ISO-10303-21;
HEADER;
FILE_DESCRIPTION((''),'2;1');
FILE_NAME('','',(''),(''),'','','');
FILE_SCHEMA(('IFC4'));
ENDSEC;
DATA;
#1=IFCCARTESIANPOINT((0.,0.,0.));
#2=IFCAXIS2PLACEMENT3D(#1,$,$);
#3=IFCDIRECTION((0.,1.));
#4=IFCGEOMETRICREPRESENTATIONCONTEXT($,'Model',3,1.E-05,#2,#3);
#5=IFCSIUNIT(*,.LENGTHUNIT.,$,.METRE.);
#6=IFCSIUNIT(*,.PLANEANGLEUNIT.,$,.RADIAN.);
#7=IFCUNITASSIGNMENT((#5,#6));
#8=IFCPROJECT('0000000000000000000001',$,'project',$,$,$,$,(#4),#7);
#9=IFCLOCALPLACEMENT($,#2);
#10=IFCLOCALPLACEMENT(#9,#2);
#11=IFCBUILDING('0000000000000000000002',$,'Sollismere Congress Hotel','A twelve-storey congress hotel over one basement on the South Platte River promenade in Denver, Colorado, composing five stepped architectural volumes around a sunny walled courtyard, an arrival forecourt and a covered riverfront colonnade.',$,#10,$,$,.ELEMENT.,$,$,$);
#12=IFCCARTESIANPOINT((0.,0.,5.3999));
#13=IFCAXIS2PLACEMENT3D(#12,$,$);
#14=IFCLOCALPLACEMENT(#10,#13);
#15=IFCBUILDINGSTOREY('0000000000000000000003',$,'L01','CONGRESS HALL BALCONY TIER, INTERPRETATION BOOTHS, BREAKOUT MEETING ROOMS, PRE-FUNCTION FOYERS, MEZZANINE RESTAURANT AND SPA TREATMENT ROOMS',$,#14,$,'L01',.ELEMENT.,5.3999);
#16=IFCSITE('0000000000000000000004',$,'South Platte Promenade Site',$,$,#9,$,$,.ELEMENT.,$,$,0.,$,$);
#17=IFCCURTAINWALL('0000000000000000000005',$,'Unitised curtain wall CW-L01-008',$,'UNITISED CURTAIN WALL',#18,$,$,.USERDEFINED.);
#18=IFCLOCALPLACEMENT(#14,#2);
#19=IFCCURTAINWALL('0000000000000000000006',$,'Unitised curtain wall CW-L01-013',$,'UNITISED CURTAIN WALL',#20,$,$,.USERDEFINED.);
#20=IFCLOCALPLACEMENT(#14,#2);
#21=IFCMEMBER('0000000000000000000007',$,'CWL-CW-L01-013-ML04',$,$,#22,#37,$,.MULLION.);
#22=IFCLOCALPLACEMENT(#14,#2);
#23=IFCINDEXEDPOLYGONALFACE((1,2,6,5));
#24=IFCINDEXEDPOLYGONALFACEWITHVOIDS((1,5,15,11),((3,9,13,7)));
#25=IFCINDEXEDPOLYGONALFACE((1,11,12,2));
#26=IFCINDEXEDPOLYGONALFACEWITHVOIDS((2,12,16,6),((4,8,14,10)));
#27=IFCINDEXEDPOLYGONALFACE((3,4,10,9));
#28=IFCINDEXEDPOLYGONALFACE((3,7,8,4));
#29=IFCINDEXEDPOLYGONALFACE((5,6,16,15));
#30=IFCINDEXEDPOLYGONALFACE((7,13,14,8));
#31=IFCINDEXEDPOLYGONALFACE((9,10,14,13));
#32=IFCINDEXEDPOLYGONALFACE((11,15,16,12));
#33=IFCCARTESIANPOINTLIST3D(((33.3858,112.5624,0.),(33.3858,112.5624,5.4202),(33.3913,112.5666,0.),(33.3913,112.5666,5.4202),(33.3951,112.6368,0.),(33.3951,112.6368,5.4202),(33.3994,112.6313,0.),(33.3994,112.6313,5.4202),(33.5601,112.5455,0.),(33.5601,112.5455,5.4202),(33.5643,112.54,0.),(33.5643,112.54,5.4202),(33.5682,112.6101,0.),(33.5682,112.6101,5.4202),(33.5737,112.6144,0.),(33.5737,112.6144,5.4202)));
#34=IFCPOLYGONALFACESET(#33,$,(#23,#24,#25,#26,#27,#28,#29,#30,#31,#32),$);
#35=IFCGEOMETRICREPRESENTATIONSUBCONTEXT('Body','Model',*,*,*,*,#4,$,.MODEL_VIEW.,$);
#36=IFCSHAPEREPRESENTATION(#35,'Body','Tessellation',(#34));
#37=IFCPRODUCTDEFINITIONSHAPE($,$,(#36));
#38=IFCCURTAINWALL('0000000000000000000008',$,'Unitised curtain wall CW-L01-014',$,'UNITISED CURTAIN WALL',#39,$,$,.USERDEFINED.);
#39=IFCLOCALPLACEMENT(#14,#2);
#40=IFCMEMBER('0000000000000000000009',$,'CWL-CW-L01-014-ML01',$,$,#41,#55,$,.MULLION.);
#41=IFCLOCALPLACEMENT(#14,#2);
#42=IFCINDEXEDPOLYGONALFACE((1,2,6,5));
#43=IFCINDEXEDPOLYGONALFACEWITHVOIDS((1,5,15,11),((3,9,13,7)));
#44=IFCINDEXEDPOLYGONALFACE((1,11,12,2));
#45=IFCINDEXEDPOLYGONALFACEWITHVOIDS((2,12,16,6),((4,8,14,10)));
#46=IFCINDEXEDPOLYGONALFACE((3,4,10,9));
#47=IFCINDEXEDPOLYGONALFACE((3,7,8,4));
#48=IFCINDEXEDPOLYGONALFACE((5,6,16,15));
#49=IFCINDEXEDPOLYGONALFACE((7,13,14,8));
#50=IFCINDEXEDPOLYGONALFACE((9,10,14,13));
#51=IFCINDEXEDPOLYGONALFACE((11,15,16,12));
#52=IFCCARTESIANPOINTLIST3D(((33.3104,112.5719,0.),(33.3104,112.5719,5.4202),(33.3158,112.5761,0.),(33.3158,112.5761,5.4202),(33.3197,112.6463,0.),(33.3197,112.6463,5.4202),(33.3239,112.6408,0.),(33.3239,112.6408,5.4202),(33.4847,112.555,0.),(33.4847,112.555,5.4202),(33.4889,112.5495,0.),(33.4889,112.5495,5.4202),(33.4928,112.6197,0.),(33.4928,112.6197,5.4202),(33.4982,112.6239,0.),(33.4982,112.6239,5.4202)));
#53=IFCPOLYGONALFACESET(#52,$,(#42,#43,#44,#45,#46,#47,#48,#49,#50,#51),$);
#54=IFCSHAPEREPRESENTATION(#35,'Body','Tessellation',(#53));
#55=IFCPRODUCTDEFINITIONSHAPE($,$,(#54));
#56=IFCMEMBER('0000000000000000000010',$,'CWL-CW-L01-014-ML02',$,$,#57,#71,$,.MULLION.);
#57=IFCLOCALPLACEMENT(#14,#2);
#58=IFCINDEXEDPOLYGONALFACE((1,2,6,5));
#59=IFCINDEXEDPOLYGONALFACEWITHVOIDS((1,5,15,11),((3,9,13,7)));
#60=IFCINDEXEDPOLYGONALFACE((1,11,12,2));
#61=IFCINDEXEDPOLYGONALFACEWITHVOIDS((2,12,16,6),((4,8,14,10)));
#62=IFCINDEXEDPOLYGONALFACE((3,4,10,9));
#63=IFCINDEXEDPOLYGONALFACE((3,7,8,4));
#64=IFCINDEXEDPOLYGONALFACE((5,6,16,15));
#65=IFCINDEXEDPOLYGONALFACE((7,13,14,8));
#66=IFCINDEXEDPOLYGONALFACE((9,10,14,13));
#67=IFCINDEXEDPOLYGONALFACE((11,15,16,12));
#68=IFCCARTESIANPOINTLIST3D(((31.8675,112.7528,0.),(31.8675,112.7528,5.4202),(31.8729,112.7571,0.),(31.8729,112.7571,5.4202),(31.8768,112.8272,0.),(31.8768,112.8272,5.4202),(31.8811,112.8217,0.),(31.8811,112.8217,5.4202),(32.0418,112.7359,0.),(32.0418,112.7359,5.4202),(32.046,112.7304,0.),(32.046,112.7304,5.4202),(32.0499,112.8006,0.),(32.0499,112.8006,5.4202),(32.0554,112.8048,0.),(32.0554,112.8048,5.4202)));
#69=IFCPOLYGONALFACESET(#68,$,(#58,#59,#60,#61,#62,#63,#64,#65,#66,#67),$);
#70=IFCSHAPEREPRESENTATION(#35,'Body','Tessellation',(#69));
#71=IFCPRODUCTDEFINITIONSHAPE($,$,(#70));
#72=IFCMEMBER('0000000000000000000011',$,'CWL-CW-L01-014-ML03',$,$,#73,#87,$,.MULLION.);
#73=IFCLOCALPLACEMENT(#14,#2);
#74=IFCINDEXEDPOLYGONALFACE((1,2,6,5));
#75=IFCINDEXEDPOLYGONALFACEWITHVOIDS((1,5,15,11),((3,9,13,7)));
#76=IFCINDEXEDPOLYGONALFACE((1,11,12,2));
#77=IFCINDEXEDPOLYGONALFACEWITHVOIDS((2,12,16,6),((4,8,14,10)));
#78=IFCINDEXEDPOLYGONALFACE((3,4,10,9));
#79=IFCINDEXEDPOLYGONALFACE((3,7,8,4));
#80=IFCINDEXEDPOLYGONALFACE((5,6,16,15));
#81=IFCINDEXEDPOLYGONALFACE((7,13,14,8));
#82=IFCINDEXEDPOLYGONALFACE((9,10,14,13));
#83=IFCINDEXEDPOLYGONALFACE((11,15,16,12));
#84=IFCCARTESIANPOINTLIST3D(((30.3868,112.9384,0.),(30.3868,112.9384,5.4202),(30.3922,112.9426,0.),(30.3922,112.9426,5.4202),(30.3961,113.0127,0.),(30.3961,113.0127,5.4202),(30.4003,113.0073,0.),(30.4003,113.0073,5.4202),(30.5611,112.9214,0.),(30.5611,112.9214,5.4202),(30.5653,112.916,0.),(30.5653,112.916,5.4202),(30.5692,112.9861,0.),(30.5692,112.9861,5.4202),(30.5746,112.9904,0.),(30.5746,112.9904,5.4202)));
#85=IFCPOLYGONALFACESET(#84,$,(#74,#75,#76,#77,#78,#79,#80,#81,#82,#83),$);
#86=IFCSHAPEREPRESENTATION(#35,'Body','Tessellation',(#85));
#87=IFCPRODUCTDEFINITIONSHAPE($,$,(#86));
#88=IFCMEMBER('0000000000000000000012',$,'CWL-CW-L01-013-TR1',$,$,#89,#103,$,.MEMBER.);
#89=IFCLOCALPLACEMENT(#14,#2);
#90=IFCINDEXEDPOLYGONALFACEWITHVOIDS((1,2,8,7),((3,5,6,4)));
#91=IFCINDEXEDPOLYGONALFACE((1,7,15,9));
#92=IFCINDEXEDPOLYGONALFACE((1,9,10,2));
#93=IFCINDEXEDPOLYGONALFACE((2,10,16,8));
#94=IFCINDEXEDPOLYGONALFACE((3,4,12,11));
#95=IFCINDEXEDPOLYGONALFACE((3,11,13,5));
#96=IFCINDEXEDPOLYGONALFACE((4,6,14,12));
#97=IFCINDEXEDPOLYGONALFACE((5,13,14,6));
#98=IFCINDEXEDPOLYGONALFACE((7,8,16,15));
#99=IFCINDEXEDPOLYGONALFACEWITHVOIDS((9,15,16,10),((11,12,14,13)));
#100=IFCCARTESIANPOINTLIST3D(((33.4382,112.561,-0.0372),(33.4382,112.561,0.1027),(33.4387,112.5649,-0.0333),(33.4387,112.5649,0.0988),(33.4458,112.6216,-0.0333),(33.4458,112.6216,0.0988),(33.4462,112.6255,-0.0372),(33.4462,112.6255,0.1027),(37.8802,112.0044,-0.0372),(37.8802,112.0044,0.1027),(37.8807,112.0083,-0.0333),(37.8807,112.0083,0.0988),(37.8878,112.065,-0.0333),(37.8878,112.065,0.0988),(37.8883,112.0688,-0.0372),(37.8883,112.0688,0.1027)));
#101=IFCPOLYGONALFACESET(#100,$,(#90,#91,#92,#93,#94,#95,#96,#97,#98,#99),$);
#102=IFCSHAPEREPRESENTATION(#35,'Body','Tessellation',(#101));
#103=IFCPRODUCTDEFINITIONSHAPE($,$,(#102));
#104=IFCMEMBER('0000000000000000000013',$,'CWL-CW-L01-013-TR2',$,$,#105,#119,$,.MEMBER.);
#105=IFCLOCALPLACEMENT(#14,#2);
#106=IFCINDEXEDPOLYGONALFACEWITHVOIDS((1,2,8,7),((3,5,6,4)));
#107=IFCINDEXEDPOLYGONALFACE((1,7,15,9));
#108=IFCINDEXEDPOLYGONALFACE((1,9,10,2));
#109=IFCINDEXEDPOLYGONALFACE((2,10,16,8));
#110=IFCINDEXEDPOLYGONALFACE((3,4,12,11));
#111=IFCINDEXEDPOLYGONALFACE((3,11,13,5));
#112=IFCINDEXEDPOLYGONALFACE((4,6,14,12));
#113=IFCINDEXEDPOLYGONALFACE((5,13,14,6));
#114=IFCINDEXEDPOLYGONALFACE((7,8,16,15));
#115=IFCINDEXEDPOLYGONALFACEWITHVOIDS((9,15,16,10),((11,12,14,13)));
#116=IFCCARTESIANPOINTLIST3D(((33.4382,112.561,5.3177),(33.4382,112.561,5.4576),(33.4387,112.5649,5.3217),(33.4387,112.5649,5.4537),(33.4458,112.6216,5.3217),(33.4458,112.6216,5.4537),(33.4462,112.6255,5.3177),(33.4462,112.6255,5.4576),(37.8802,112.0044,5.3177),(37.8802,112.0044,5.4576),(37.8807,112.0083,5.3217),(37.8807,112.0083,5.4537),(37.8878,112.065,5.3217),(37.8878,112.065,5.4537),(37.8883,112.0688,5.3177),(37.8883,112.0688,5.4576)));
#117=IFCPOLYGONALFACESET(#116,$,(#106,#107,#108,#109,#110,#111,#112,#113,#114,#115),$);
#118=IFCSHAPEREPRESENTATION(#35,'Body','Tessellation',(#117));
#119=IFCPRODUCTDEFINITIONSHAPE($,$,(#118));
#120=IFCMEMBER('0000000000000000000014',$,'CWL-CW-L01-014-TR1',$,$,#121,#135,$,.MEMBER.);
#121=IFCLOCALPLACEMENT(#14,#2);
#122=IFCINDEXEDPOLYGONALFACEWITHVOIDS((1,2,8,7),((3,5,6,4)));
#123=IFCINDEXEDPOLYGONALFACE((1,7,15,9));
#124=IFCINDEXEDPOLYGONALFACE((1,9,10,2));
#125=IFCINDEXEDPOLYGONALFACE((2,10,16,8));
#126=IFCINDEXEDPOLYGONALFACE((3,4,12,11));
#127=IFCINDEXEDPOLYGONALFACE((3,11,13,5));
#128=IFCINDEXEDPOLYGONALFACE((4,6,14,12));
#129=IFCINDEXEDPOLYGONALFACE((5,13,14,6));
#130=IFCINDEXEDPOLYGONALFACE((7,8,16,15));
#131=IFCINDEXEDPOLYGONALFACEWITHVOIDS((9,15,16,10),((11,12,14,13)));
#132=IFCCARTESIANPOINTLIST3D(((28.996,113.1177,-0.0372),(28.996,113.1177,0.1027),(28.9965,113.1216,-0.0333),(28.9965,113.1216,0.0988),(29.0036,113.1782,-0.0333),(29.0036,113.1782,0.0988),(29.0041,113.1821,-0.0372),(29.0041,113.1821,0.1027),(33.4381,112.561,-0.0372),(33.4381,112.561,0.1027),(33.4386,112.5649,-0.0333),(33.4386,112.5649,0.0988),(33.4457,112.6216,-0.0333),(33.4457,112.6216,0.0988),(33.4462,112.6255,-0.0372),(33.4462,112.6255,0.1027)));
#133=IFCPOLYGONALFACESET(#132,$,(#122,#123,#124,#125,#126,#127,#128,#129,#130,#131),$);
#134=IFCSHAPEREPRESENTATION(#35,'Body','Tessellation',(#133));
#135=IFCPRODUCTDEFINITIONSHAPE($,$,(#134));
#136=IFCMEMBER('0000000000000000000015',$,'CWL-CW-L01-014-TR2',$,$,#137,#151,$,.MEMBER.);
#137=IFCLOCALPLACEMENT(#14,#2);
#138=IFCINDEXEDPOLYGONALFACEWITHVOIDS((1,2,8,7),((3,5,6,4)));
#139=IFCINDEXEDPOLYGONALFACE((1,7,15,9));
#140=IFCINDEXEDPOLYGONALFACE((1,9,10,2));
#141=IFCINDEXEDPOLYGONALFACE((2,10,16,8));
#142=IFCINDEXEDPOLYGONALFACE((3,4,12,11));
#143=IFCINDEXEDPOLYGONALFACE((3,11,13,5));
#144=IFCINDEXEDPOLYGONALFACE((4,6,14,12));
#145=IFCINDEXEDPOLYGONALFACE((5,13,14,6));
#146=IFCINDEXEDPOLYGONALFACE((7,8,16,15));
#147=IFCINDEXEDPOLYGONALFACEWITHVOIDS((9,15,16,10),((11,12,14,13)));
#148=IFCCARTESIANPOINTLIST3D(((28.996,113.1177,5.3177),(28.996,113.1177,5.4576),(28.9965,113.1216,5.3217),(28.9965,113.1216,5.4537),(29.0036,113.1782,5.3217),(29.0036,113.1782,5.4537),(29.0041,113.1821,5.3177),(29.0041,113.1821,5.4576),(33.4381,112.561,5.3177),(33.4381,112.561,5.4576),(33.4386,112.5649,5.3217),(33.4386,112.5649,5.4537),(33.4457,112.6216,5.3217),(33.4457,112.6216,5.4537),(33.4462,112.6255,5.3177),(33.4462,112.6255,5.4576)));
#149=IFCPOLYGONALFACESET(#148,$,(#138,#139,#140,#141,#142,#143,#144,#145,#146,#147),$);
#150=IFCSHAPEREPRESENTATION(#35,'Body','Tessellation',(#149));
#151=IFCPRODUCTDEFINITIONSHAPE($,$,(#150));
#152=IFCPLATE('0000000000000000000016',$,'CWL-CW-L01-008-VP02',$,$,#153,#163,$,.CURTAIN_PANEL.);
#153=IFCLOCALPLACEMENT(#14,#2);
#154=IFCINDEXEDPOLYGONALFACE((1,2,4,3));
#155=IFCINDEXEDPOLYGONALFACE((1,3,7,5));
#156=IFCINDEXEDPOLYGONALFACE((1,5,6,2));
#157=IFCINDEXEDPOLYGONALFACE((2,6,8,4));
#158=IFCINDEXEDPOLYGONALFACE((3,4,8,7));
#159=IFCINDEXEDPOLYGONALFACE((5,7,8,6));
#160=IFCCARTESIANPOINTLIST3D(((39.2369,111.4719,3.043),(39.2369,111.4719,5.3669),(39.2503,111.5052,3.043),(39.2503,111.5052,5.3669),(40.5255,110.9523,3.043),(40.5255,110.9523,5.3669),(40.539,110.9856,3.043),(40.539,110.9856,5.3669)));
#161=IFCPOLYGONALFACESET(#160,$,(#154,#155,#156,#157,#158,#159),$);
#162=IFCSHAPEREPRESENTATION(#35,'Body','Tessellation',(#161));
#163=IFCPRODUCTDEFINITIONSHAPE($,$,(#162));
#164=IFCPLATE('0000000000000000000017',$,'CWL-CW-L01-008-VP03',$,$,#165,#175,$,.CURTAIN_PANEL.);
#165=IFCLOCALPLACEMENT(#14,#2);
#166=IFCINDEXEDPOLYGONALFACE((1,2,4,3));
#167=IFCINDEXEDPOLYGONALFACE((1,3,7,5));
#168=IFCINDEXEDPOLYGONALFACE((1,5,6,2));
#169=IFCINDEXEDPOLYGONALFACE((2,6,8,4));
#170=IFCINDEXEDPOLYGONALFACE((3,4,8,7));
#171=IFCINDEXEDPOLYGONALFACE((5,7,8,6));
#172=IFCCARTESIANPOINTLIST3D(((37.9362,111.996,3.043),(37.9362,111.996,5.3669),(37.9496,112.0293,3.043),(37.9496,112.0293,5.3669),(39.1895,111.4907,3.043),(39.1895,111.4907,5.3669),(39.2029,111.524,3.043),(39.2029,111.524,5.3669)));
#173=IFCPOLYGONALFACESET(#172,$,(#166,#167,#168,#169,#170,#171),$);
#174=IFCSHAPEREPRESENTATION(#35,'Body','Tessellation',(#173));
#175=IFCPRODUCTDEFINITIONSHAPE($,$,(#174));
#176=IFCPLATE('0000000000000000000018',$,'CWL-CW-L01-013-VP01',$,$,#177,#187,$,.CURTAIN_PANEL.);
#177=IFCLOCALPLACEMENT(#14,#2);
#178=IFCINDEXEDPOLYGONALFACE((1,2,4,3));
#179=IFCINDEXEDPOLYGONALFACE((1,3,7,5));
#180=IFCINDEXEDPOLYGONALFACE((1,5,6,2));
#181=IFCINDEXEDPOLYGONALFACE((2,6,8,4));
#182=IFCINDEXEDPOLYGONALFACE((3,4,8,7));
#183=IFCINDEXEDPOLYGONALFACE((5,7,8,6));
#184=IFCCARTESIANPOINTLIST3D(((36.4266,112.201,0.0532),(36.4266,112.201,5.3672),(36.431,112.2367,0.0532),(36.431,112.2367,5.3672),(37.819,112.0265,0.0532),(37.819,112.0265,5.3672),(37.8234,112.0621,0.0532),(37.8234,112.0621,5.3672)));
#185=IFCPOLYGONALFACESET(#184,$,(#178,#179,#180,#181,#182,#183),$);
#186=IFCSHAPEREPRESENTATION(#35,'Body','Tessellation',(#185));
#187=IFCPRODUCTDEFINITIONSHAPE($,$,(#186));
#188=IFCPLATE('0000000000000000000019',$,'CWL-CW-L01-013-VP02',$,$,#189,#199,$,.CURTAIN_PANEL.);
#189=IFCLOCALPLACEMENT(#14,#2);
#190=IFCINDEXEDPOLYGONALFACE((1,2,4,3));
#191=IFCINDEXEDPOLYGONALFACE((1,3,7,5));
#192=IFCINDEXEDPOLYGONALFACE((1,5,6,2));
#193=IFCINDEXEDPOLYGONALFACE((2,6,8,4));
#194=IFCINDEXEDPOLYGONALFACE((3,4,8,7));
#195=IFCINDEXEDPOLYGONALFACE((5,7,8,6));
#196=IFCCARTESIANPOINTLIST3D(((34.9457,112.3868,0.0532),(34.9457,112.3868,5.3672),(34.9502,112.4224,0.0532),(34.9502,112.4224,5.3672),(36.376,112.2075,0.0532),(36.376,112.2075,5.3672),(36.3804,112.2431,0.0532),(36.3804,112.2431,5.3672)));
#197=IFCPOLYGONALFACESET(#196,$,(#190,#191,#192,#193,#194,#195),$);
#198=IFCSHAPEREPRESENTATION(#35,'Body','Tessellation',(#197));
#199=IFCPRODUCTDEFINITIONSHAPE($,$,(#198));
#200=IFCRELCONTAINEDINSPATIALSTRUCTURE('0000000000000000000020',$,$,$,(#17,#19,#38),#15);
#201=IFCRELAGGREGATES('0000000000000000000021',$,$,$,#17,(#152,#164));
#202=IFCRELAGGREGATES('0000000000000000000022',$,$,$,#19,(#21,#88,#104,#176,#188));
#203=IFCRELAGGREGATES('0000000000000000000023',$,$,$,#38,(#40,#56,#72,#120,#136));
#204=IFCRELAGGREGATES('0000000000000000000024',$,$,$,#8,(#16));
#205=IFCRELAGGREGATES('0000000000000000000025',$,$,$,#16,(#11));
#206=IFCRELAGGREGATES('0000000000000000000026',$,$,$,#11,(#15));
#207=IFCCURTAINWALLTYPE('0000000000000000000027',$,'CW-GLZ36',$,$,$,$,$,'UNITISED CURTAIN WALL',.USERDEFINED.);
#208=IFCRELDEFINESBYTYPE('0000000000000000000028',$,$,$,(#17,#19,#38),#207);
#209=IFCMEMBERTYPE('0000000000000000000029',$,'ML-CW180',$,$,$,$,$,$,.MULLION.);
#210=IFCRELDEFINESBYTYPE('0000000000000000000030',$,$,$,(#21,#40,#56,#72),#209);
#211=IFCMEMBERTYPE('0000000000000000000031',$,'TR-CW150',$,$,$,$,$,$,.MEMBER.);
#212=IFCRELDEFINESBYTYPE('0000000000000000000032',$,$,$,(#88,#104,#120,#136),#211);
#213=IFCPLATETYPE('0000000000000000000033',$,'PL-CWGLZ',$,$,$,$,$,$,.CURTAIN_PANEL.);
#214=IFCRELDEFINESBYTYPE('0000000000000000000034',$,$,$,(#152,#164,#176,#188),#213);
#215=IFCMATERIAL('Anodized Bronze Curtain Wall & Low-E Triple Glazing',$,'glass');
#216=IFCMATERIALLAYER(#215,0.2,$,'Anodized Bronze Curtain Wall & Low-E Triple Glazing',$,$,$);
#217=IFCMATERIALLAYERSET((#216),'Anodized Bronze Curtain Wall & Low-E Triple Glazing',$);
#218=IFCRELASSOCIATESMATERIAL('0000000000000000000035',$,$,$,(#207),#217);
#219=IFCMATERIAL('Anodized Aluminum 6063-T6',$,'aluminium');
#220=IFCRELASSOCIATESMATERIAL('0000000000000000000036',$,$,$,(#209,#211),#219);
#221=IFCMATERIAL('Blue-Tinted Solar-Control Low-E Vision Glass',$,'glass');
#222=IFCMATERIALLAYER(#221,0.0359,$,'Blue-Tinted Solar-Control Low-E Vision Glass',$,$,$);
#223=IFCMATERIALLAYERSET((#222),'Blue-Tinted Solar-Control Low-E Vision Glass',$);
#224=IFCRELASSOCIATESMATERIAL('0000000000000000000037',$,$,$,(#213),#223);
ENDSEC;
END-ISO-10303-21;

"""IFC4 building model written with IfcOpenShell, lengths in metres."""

from ifc_helpers import new_model, si_unit, direction, frame, origin, origin_2d, place, context, subcontext, project, spatial, rectangle, hollow_rectangle, extrude, material, layer, layer_set, material_profile, profile_set, type_object, element, aggregate, save


model = new_model("IFC4")

# Units and contexts
model_context = context("Model", 3, precision=1e-05, world=origin(), true_north=direction((0.0, 1.0)))
body_context = subcontext(model_context, "Body", "Model", "MODEL_VIEW")
ifc_project = project(units=[si_unit("LENGTHUNIT", "METRE"), si_unit("PLANEANGLEUNIT", "RADIAN")], contexts=[model_context])

# Site, building, storey
site_placement = place(None, origin())
site = spatial("IfcSite", under=ifc_project, at=site_placement, Name="South Platte Promenade Site", CompositionType="ELEMENT", RefElevation=0.0)
building_placement = place(site_placement, origin())
building = spatial("IfcBuilding", under=site, at=building_placement, Name="Sollismere Congress Hotel", Description="A twelve-storey congress hotel over one basement on the South Platte River promenade in Denver, Colorado, composing five stepped architectural volumes around a sunny walled courtyard, an arrival forecourt and a covered riverfront colonnade.", CompositionType="ELEMENT")
storey_placement = place(building_placement, frame((0.0, 0.0, 5.3999)))
storey = spatial("IfcBuildingStorey", under=building, at=storey_placement, Name="L01", Description="CONGRESS HALL BALCONY TIER, INTERPRETATION BOOTHS, BREAKOUT MEETING ROOMS, PRE-FUNCTION FOYERS, MEZZANINE RESTAURANT AND SPA TREATMENT ROOMS", LongName="L01", CompositionType="ELEMENT", Elevation=5.3999)

# Curtain walls, members
ifc_material_1 = material(Name="Anodized Bronze Curtain Wall & Low-E Triple Glazing", Category="glass")
ifc_layer_1 = layer(ifc_material_1, 0.2, Name="Anodized Bronze Curtain Wall & Low-E Triple Glazing")
ifc_layer_set_1 = layer_set([ifc_layer_1], Name="Anodized Bronze Curtain Wall & Low-E Triple Glazing")
curtain_wall_type = type_object("IfcCurtainWallType", Name="CW-GLZ36", ElementType="UNITISED CURTAIN WALL", PredefinedType="USERDEFINED", material=ifc_layer_set_1)
curtain_wall_1_placement = place(storey_placement, origin())
curtain_wall_1 = element("IfcCurtainWall", 1, at=curtain_wall_1_placement, inside=storey, type_object=curtain_wall_type, Name="Unitised curtain wall CW-L01-008", ObjectType="UNITISED CURTAIN WALL", PredefinedType="USERDEFINED")
ifc_material_2 = material(Name="Anodized Aluminum 6063-T6", Category="aluminium")
ifc_material_profile_1 = material_profile(ifc_material_2, hollow_rectangle(XDim=0.075, YDim=0.1799, WallThickness=0.0049, at=origin_2d()), Name="ALU180X75X5")
ifc_profile_set_1 = profile_set([ifc_material_profile_1], Name="Anodized Aluminum 6063-T6")
member_type_1 = type_object("IfcMemberType", Name="ML-CW180", PredefinedType="MULLION", material=ifc_profile_set_1)
curtain_wall_2_placement = place(storey_placement, origin())
curtain_wall_2 = element("IfcCurtainWall", 2, at=curtain_wall_2_placement, inside=storey, type_object=curtain_wall_type, Name="Unitised curtain wall CW-L01-013", ObjectType="UNITISED CURTAIN WALL", PredefinedType="USERDEFINED")
member_1_placement = place(storey_placement, frame((33.4797, 112.5884, 0.0), z_axis=(0.0, 0.0, 1.0), x_axis=(-0.124363, -0.992237, 0.0)))
member_1 = element("IfcMember", 3, at=member_1_placement, type_object=member_type_1, Name="CWL-CW-L01-013-ML04", PredefinedType="MULLION", context=body_context, shape_type="SweptSolid", body=[
    extrude(hollow_rectangle(XDim=0.075, YDim=0.1799, WallThickness=0.0049, at=origin_2d()), origin(), (0.0, 0.0, 1.0), 5.4202),
])
curtain_wall_3_placement = place(storey_placement, origin())
curtain_wall_3 = element("IfcCurtainWall", 4, at=curtain_wall_3_placement, inside=storey, type_object=curtain_wall_type, Name="Unitised curtain wall CW-L01-014", ObjectType="UNITISED CURTAIN WALL", PredefinedType="USERDEFINED")
member_2_placement = place(storey_placement, frame((33.4043, 112.5979, 0.0), z_axis=(0.0, 0.0, 1.0), x_axis=(-0.124363, -0.992237, 0.0)))
member_2 = element("IfcMember", 5, at=member_2_placement, type_object=member_type_1, Name="CWL-CW-L01-014-ML01", PredefinedType="MULLION", context=body_context, shape_type="SweptSolid", body=[
    extrude(hollow_rectangle(XDim=0.075, YDim=0.1799, WallThickness=0.0049, at=origin_2d()), origin(), (0.0, 0.0, 1.0), 5.4202),
])
member_3_placement = place(storey_placement, frame((31.9614, 112.7788, 0.0), z_axis=(0.0, 0.0, 1.0), x_axis=(-0.124363, -0.992237, 0.0)))
member_3 = element("IfcMember", 6, at=member_3_placement, type_object=member_type_1, Name="CWL-CW-L01-014-ML02", PredefinedType="MULLION", context=body_context, shape_type="SweptSolid", body=[
    extrude(hollow_rectangle(XDim=0.075, YDim=0.1799, WallThickness=0.0049, at=origin_2d()), origin(), (0.0, 0.0, 1.0), 5.4202),
])
member_4_placement = place(storey_placement, frame((30.4807, 112.9644, 0.0), z_axis=(0.0, 0.0, 1.0), x_axis=(-0.124363, -0.992237, 0.0)))
member_4 = element("IfcMember", 7, at=member_4_placement, type_object=member_type_1, Name="CWL-CW-L01-014-ML03", PredefinedType="MULLION", context=body_context, shape_type="SweptSolid", body=[
    extrude(hollow_rectangle(XDim=0.075, YDim=0.1799, WallThickness=0.0049, at=origin_2d()), origin(), (0.0, 0.0, 1.0), 5.4202),
])

# Members
ifc_material_profile_2 = material_profile(ifc_material_2, hollow_rectangle(XDim=0.0649, YDim=0.1399, WallThickness=0.0039, at=origin_2d()), Name="ALU140X65X4")
ifc_profile_set_2 = profile_set([ifc_material_profile_2], Name="Anodized Aluminum 6063-T6")
member_type_2 = type_object("IfcMemberType", Name="TR-CW150", PredefinedType="MEMBER", material=ifc_profile_set_2)
member_5_placement = place(storey_placement, frame((37.8843, 112.0366, 0.0327), z_axis=(-0.99224, 0.124337, 0.0), x_axis=(-0.124337, -0.99224, 0.0)))
member_5 = element("IfcMember", 8, at=member_5_placement, type_object=member_type_2, Name="CWL-CW-L01-013-TR1", PredefinedType="MEMBER", context=body_context, shape_type="SweptSolid", body=[
    extrude(hollow_rectangle(XDim=0.0649, YDim=0.1399, WallThickness=0.0039, at=origin_2d()), origin(), (0.0, 0.0, 1.0), 4.4768),
])
member_6_placement = place(storey_placement, frame((37.8843, 112.0366, 5.3877), z_axis=(-0.99224, 0.124337, 0.0), x_axis=(-0.124337, -0.99224, 0.0)))
member_6 = element("IfcMember", 9, at=member_6_placement, type_object=member_type_2, Name="CWL-CW-L01-013-TR2", PredefinedType="MEMBER", context=body_context, shape_type="SweptSolid", body=[
    extrude(hollow_rectangle(XDim=0.0649, YDim=0.1399, WallThickness=0.0039, at=origin_2d()), origin(), (0.0, 0.0, 1.0), 4.4768),
])
member_7_placement = place(storey_placement, frame((33.4421, 112.5933, 0.0327), z_axis=(-0.99224, 0.124337, 0.0), x_axis=(-0.124337, -0.99224, 0.0)))
member_7 = element("IfcMember", 10, at=member_7_placement, type_object=member_type_2, Name="CWL-CW-L01-014-TR1", PredefinedType="MEMBER", context=body_context, shape_type="SweptSolid", body=[
    extrude(hollow_rectangle(XDim=0.0649, YDim=0.1399, WallThickness=0.0039, at=origin_2d()), origin(), (0.0, 0.0, 1.0), 4.4768),
])
member_8_placement = place(storey_placement, frame((33.4421, 112.5933, 5.3877), z_axis=(-0.99224, 0.124337, 0.0), x_axis=(-0.124337, -0.99224, 0.0)))
member_8 = element("IfcMember", 11, at=member_8_placement, type_object=member_type_2, Name="CWL-CW-L01-014-TR2", PredefinedType="MEMBER", context=body_context, shape_type="SweptSolid", body=[
    extrude(hollow_rectangle(XDim=0.0649, YDim=0.1399, WallThickness=0.0039, at=origin_2d()), origin(), (0.0, 0.0, 1.0), 4.4768),
])

# Plates
ifc_material_3 = material(Name="Blue-Tinted Solar-Control Low-E Vision Glass", Category="glass")
ifc_layer_2 = layer(ifc_material_3, 0.0359, Name="Blue-Tinted Solar-Control Low-E Vision Glass")
ifc_layer_set_2 = layer_set([ifc_layer_2], Name="Blue-Tinted Solar-Control Low-E Vision Glass")
plate_type_1 = type_object("IfcPlateType", Name="PL-CWGLZ", PredefinedType="CURTAIN_PANEL", material=ifc_layer_set_2)
plate_1_placement = place(storey_placement, frame((39.8879, 111.2288, 3.043), z_axis=(0.0, 0.0, 1.0), x_axis=(-0.927452, 0.373943, 0.0)))
plate_1 = element("IfcPlate", 12, at=plate_1_placement, type_object=plate_type_1, Name="CWL-CW-L01-008-VP02", PredefinedType="CURTAIN_PANEL", context=body_context, shape_type="SweptSolid", body=[
    extrude(rectangle(XDim=1.3894, YDim=0.0359, at=origin_2d()), origin(), (0.0, 0.0, 1.0), 2.324),
])
plate_2_placement = place(storey_placement, frame((38.5696, 111.76, 3.043), z_axis=(0.0, 0.0, 1.0), x_axis=(-0.927452, 0.373943, 0.0)))
plate_2 = element("IfcPlate", 13, at=plate_2_placement, type_object=plate_type_1, Name="CWL-CW-L01-008-VP03", PredefinedType="CURTAIN_PANEL", context=body_context, shape_type="SweptSolid", body=[
    extrude(rectangle(XDim=1.3513, YDim=0.0359, at=origin_2d()), origin(), (0.0, 0.0, 1.0), 2.324),
])
aggregate(curtain_wall_1, [plate_1, plate_2])
plate_3_placement = place(storey_placement, frame((37.125, 112.1316, 0.0532), z_axis=(0.0, 0.0, 1.0), x_axis=(-0.992237, 0.124363, 0.0)))
plate_3 = element("IfcPlate", 14, at=plate_3_placement, type_object=plate_type_1, Name="CWL-CW-L01-013-VP01", PredefinedType="CURTAIN_PANEL", context=body_context, shape_type="SweptSolid", body=[
    extrude(rectangle(XDim=1.4033, YDim=0.0359, at=origin_2d()), origin(), (0.0, 0.0, 1.0), 5.314),
])
plate_4_placement = place(storey_placement, frame((35.6631, 112.3149, 0.0532), z_axis=(0.0, 0.0, 1.0), x_axis=(-0.992237, 0.124363, 0.0)))
plate_4 = element("IfcPlate", 15, at=plate_4_placement, type_object=plate_type_1, Name="CWL-CW-L01-013-VP02", PredefinedType="CURTAIN_PANEL", context=body_context, shape_type="SweptSolid", body=[
    extrude(rectangle(XDim=1.4414, YDim=0.0359, at=origin_2d()), origin(), (0.0, 0.0, 1.0), 5.314),
])
aggregate(curtain_wall_2, [member_1, member_5, member_6, plate_3, plate_4])
aggregate(curtain_wall_3, [member_2, member_3, member_4, member_7, member_8])

save(model, "model.ifc")
